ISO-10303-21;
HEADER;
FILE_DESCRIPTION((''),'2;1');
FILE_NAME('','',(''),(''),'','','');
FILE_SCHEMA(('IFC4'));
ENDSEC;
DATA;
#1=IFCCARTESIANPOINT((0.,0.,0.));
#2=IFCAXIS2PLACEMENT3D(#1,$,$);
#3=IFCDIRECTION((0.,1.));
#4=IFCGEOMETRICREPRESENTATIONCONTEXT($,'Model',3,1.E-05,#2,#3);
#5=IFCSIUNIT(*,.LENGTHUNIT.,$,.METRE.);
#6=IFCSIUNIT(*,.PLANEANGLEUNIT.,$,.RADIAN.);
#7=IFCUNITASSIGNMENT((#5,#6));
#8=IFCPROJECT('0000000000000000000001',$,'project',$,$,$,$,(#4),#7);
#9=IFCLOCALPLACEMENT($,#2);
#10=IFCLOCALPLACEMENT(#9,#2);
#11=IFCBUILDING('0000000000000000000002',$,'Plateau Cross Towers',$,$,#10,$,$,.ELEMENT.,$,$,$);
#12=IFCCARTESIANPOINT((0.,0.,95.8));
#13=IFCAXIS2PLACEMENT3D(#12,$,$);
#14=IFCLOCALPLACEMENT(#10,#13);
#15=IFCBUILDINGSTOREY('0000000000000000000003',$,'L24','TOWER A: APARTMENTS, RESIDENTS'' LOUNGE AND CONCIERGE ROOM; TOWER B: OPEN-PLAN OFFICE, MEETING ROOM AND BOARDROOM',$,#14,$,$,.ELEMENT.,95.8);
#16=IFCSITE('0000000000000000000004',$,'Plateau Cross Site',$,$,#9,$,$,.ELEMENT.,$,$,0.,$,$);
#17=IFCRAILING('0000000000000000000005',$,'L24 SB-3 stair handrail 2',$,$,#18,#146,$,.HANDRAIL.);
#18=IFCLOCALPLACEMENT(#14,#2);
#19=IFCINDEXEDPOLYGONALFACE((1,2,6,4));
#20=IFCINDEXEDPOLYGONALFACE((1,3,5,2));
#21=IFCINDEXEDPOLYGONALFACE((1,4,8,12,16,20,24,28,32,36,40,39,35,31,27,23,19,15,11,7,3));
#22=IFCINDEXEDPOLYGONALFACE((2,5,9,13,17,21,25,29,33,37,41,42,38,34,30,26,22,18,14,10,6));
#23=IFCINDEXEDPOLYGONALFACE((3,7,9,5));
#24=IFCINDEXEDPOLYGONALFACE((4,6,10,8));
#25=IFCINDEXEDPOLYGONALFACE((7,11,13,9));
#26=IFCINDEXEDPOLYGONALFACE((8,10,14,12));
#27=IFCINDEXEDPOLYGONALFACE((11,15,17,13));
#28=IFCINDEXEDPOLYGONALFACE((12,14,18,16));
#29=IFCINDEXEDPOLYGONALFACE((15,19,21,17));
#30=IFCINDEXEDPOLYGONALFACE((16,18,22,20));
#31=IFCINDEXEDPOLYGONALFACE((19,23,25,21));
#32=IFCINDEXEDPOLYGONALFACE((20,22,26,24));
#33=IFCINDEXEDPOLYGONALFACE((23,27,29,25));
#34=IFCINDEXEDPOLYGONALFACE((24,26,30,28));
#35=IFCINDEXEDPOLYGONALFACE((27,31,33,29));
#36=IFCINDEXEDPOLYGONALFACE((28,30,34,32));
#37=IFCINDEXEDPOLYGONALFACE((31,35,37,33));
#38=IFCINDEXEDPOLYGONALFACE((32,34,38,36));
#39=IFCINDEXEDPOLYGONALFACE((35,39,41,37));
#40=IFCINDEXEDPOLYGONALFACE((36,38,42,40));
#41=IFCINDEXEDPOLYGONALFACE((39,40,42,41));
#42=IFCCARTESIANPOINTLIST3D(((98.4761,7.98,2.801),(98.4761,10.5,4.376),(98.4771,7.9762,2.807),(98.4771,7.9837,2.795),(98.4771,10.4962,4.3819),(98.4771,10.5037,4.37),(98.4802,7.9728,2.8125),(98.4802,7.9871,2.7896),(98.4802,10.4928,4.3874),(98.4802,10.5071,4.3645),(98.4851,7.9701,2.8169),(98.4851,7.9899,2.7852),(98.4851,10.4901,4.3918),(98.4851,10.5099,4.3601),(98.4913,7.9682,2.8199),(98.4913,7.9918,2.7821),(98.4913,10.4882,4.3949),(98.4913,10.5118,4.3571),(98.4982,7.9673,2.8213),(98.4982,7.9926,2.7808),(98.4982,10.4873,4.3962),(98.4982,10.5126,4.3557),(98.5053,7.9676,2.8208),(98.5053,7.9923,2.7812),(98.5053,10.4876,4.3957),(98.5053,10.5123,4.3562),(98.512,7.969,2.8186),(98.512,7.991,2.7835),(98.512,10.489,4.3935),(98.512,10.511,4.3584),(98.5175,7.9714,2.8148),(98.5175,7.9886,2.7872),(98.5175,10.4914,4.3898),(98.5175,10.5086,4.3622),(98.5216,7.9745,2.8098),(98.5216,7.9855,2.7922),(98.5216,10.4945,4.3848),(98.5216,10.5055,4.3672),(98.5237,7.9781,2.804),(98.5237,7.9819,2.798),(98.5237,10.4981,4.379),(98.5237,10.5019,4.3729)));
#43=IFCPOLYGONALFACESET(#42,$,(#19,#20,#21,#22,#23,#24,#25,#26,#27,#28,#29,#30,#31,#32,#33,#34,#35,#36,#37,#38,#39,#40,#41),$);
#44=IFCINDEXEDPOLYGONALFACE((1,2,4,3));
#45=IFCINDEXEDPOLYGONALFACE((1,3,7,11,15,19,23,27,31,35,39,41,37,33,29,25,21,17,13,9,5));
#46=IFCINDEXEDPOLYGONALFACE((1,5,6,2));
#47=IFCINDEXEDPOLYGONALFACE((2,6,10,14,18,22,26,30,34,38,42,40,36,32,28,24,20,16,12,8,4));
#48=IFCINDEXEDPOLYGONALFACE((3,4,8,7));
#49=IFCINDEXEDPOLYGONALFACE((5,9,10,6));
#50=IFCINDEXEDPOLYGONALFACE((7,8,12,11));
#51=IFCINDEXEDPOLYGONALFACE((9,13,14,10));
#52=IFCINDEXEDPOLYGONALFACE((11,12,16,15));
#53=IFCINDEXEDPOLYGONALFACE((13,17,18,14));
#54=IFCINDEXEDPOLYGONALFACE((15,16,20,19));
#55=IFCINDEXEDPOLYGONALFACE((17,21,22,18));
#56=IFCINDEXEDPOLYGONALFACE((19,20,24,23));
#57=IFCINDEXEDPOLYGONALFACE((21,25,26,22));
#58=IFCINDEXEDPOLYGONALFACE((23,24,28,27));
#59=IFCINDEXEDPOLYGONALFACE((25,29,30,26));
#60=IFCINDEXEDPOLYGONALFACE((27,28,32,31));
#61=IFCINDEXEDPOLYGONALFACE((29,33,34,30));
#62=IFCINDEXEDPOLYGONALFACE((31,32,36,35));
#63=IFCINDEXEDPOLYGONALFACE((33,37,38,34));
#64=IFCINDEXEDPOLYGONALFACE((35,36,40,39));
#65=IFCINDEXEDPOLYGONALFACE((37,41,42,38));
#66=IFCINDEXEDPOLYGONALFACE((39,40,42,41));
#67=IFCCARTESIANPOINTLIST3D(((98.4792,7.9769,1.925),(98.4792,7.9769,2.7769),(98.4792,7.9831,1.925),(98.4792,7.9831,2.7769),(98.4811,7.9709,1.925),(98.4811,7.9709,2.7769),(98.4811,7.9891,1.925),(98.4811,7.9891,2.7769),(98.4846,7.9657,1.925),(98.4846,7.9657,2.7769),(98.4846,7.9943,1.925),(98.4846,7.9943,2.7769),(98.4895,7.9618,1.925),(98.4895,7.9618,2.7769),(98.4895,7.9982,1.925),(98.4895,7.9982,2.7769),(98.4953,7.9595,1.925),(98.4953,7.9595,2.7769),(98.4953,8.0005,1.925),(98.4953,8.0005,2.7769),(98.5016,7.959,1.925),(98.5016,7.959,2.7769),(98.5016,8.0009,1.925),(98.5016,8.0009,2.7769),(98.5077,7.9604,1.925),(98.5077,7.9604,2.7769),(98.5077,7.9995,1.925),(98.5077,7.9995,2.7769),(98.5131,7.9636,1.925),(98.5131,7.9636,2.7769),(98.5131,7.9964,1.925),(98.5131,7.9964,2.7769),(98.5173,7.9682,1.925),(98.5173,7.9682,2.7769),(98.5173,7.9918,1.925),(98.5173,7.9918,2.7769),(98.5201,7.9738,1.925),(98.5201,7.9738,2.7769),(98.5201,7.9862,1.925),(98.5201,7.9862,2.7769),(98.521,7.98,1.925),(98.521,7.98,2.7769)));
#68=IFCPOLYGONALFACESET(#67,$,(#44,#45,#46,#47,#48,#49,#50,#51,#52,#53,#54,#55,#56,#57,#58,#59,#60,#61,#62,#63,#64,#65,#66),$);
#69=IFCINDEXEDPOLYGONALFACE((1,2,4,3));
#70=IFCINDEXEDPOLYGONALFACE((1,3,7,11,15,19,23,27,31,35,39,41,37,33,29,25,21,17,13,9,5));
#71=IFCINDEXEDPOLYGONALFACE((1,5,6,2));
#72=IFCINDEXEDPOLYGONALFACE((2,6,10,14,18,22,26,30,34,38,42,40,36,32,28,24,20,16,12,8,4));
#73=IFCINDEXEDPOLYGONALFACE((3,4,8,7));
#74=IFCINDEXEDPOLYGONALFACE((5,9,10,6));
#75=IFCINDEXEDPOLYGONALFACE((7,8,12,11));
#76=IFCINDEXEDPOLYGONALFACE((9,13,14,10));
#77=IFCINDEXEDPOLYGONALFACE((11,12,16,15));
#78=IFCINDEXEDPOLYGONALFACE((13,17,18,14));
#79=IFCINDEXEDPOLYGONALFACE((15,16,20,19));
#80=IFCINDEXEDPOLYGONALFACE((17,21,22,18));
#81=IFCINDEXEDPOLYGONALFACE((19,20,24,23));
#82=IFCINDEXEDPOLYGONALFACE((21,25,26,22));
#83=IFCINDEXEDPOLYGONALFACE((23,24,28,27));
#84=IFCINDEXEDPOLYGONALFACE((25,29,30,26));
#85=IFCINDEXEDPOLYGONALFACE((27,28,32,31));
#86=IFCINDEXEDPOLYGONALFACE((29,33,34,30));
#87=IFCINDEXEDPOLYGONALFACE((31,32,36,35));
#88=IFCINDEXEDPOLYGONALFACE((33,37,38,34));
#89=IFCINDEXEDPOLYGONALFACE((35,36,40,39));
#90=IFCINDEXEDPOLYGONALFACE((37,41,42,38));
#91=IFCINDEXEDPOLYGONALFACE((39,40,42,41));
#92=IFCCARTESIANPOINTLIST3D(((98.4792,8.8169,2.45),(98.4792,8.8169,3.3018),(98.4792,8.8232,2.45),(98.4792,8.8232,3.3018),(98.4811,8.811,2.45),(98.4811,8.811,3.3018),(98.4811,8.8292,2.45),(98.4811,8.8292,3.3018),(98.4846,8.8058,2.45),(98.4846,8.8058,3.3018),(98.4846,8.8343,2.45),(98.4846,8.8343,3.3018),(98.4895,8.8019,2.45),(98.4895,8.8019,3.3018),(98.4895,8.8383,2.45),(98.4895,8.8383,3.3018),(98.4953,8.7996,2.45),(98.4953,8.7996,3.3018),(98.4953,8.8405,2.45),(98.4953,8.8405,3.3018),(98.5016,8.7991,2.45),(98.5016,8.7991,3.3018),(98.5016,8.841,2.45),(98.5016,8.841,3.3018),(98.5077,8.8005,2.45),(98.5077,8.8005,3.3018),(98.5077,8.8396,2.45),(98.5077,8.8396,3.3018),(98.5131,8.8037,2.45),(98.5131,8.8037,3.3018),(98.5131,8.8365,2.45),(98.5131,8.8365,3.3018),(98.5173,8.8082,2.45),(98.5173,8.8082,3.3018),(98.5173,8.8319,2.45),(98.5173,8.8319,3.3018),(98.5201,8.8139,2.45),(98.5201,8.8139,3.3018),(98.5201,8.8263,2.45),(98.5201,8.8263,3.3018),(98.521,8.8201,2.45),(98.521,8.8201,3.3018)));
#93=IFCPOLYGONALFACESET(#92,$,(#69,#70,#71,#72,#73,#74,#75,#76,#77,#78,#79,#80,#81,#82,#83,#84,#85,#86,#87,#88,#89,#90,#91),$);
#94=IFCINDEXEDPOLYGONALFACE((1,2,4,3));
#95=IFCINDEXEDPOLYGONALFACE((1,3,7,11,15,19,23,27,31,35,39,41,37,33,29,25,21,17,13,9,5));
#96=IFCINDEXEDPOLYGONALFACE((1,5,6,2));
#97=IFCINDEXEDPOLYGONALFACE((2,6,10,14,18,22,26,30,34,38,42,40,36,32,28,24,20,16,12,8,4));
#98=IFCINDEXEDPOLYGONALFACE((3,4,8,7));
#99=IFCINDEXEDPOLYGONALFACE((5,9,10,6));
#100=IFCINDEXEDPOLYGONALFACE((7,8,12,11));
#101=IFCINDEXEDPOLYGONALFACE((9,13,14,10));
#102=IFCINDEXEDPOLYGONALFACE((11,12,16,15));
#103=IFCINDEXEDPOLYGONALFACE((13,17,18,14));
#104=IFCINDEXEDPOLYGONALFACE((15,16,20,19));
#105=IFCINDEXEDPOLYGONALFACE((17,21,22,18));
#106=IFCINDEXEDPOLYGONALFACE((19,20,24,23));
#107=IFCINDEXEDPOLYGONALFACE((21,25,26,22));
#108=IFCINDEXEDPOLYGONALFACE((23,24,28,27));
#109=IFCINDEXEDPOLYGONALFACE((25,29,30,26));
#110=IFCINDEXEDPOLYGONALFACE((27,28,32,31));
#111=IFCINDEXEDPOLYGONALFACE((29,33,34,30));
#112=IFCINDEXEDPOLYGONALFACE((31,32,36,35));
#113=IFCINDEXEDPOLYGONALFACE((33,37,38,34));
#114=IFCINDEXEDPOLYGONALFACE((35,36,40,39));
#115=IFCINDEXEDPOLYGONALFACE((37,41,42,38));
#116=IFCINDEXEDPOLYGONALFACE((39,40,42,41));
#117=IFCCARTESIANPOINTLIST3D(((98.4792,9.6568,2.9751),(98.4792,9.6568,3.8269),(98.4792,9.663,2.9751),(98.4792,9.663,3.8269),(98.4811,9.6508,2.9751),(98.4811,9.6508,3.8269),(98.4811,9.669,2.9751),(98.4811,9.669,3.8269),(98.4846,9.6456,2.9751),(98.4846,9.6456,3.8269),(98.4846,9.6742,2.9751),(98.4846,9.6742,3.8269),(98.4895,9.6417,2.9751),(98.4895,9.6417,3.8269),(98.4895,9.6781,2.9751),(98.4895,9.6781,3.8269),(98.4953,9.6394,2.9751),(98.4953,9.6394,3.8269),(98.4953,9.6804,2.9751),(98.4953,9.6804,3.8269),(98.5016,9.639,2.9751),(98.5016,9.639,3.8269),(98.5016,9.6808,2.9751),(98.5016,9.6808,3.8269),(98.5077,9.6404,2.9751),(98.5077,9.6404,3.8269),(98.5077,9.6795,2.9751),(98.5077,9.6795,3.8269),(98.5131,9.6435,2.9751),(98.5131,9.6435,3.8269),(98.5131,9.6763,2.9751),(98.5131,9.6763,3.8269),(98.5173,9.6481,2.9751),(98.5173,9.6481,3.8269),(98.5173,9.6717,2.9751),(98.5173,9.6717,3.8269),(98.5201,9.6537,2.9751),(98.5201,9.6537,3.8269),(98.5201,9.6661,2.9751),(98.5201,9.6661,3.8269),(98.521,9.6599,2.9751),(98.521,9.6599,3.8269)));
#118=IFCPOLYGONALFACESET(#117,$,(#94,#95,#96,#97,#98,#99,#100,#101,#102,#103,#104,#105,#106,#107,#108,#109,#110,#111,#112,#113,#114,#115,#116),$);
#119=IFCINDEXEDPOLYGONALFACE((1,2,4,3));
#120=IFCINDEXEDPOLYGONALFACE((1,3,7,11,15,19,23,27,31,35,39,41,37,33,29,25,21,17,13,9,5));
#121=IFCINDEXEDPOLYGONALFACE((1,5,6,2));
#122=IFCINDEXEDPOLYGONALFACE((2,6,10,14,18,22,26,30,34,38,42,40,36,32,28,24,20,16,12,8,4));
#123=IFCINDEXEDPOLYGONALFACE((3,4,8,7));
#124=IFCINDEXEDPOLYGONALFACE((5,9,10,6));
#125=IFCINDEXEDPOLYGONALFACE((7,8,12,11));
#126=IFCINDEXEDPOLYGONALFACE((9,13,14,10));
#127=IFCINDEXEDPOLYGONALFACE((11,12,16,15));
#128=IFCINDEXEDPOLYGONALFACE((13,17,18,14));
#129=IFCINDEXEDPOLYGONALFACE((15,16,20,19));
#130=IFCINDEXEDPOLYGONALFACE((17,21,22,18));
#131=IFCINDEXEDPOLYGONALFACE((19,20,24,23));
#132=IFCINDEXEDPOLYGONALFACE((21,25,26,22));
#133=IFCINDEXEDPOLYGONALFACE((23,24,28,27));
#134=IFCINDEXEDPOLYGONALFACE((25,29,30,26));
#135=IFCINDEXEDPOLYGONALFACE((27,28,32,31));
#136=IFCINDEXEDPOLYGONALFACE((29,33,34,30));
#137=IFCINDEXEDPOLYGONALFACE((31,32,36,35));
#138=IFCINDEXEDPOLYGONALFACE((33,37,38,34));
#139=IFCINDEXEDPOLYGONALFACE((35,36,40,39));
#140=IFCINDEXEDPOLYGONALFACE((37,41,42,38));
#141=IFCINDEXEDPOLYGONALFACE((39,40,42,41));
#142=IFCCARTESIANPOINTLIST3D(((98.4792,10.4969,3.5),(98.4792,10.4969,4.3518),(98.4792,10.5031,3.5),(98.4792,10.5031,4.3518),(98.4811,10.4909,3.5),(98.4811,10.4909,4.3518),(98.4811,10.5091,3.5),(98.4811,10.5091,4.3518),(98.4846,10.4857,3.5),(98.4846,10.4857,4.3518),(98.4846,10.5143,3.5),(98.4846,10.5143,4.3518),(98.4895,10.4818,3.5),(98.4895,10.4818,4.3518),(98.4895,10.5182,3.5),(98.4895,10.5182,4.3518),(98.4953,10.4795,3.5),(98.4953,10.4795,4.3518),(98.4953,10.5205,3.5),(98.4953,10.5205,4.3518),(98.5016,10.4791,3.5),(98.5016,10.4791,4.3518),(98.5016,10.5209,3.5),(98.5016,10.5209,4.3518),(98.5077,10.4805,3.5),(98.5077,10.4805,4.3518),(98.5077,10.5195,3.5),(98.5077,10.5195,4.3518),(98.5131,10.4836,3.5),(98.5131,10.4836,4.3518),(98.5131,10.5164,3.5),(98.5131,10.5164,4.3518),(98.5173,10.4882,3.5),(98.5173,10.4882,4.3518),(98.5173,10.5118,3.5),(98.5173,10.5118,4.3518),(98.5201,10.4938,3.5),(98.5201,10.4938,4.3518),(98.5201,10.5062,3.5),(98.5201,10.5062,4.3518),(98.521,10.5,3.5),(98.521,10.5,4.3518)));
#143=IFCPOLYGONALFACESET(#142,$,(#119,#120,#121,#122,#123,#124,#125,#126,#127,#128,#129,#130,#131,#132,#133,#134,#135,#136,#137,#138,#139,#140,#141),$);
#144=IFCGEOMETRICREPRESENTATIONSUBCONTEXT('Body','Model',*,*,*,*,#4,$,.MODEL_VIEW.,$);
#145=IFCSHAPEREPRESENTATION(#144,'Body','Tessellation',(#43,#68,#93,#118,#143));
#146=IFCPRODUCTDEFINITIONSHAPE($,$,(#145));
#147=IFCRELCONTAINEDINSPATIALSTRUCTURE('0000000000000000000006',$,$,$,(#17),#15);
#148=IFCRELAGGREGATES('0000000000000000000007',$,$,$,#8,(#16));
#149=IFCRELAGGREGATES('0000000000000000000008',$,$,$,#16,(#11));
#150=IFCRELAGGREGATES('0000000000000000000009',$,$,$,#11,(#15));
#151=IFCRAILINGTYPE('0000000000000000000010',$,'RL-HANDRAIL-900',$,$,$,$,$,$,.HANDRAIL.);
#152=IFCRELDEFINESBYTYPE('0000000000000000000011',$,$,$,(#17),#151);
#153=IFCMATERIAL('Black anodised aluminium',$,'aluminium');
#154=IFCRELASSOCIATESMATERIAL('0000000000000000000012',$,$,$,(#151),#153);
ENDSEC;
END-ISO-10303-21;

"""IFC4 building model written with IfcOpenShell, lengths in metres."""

from ifc_helpers import new_model, si_unit, direction, frame, origin, origin_2d, place, context, subcontext, project, spatial, circle, extrude, material, type_object, element, save


model = new_model("IFC4")

# Units and contexts
model_context = context("Model", 3, precision=1e-05, world=origin(), true_north=direction((0.0, 1.0)))
body_context = subcontext(model_context, "Body", "Model", "MODEL_VIEW")
ifc_project = project(units=[si_unit("LENGTHUNIT", "METRE"), si_unit("PLANEANGLEUNIT", "RADIAN")], contexts=[model_context])

# Site, building, storey
site_placement = place(None, origin())
site = spatial("IfcSite", under=ifc_project, at=site_placement, Name="Plateau Cross Site", CompositionType="ELEMENT", RefElevation=0.0)
building_placement = place(site_placement, origin())
building = spatial("IfcBuilding", under=site, at=building_placement, Name="Plateau Cross Towers", CompositionType="ELEMENT")
storey_placement = place(building_placement, frame((0.0, 0.0, 95.8)))
storey = spatial("IfcBuildingStorey", under=building, at=storey_placement, Name="L24", Description="TOWER A: APARTMENTS, RESIDENTS' LOUNGE AND CONCIERGE ROOM; TOWER B: OPEN-PLAN OFFICE, MEETING ROOM AND BOARDROOM", CompositionType="ELEMENT", Elevation=95.8)

# Shared definitions
ifc_material_1 = material(Name="Black anodised aluminium", Category="aluminium")

# Railing
railing_type_1 = type_object("IfcRailingType", Name="RL-HANDRAIL-900", PredefinedType="HANDRAIL", material=ifc_material_1)
railing_1_placement = place(storey_placement, frame((98.5, 7.98, 1.925)))
element("IfcRailing", 1, at=railing_1_placement, inside=storey, type_object=railing_type_1, Name="L24 SB-3 stair handrail 2", PredefinedType="HANDRAIL", context=body_context, shape_type="SweptSolid", body=[
    extrude(circle(Radius=0.0239, at=origin_2d()), frame((0.0, 0.0, 0.876), z_axis=(0.0, 0.848008, 0.529984), x_axis=(-1.0, 0.0, 0.0)), (0.0, 0.0, 1.0), 2.9717),
    extrude(circle(Radius=0.021, at=origin_2d()), origin(), (0.0, 0.0, 1.0), 0.8518),
    extrude(circle(Radius=0.021, at=origin_2d()), frame((0.0, 0.8401, 0.5249)), (0.0, 0.0, 1.0), 0.8518),
    extrude(circle(Radius=0.021, at=origin_2d()), frame((0.0, 1.6799, 1.05)), (0.0, 0.0, 1.0), 0.8518),
    extrude(circle(Radius=0.021, at=origin_2d()), frame((0.0, 2.52, 1.575)), (0.0, 0.0, 1.0), 0.8518),
])

save(model, "model.ifc")
